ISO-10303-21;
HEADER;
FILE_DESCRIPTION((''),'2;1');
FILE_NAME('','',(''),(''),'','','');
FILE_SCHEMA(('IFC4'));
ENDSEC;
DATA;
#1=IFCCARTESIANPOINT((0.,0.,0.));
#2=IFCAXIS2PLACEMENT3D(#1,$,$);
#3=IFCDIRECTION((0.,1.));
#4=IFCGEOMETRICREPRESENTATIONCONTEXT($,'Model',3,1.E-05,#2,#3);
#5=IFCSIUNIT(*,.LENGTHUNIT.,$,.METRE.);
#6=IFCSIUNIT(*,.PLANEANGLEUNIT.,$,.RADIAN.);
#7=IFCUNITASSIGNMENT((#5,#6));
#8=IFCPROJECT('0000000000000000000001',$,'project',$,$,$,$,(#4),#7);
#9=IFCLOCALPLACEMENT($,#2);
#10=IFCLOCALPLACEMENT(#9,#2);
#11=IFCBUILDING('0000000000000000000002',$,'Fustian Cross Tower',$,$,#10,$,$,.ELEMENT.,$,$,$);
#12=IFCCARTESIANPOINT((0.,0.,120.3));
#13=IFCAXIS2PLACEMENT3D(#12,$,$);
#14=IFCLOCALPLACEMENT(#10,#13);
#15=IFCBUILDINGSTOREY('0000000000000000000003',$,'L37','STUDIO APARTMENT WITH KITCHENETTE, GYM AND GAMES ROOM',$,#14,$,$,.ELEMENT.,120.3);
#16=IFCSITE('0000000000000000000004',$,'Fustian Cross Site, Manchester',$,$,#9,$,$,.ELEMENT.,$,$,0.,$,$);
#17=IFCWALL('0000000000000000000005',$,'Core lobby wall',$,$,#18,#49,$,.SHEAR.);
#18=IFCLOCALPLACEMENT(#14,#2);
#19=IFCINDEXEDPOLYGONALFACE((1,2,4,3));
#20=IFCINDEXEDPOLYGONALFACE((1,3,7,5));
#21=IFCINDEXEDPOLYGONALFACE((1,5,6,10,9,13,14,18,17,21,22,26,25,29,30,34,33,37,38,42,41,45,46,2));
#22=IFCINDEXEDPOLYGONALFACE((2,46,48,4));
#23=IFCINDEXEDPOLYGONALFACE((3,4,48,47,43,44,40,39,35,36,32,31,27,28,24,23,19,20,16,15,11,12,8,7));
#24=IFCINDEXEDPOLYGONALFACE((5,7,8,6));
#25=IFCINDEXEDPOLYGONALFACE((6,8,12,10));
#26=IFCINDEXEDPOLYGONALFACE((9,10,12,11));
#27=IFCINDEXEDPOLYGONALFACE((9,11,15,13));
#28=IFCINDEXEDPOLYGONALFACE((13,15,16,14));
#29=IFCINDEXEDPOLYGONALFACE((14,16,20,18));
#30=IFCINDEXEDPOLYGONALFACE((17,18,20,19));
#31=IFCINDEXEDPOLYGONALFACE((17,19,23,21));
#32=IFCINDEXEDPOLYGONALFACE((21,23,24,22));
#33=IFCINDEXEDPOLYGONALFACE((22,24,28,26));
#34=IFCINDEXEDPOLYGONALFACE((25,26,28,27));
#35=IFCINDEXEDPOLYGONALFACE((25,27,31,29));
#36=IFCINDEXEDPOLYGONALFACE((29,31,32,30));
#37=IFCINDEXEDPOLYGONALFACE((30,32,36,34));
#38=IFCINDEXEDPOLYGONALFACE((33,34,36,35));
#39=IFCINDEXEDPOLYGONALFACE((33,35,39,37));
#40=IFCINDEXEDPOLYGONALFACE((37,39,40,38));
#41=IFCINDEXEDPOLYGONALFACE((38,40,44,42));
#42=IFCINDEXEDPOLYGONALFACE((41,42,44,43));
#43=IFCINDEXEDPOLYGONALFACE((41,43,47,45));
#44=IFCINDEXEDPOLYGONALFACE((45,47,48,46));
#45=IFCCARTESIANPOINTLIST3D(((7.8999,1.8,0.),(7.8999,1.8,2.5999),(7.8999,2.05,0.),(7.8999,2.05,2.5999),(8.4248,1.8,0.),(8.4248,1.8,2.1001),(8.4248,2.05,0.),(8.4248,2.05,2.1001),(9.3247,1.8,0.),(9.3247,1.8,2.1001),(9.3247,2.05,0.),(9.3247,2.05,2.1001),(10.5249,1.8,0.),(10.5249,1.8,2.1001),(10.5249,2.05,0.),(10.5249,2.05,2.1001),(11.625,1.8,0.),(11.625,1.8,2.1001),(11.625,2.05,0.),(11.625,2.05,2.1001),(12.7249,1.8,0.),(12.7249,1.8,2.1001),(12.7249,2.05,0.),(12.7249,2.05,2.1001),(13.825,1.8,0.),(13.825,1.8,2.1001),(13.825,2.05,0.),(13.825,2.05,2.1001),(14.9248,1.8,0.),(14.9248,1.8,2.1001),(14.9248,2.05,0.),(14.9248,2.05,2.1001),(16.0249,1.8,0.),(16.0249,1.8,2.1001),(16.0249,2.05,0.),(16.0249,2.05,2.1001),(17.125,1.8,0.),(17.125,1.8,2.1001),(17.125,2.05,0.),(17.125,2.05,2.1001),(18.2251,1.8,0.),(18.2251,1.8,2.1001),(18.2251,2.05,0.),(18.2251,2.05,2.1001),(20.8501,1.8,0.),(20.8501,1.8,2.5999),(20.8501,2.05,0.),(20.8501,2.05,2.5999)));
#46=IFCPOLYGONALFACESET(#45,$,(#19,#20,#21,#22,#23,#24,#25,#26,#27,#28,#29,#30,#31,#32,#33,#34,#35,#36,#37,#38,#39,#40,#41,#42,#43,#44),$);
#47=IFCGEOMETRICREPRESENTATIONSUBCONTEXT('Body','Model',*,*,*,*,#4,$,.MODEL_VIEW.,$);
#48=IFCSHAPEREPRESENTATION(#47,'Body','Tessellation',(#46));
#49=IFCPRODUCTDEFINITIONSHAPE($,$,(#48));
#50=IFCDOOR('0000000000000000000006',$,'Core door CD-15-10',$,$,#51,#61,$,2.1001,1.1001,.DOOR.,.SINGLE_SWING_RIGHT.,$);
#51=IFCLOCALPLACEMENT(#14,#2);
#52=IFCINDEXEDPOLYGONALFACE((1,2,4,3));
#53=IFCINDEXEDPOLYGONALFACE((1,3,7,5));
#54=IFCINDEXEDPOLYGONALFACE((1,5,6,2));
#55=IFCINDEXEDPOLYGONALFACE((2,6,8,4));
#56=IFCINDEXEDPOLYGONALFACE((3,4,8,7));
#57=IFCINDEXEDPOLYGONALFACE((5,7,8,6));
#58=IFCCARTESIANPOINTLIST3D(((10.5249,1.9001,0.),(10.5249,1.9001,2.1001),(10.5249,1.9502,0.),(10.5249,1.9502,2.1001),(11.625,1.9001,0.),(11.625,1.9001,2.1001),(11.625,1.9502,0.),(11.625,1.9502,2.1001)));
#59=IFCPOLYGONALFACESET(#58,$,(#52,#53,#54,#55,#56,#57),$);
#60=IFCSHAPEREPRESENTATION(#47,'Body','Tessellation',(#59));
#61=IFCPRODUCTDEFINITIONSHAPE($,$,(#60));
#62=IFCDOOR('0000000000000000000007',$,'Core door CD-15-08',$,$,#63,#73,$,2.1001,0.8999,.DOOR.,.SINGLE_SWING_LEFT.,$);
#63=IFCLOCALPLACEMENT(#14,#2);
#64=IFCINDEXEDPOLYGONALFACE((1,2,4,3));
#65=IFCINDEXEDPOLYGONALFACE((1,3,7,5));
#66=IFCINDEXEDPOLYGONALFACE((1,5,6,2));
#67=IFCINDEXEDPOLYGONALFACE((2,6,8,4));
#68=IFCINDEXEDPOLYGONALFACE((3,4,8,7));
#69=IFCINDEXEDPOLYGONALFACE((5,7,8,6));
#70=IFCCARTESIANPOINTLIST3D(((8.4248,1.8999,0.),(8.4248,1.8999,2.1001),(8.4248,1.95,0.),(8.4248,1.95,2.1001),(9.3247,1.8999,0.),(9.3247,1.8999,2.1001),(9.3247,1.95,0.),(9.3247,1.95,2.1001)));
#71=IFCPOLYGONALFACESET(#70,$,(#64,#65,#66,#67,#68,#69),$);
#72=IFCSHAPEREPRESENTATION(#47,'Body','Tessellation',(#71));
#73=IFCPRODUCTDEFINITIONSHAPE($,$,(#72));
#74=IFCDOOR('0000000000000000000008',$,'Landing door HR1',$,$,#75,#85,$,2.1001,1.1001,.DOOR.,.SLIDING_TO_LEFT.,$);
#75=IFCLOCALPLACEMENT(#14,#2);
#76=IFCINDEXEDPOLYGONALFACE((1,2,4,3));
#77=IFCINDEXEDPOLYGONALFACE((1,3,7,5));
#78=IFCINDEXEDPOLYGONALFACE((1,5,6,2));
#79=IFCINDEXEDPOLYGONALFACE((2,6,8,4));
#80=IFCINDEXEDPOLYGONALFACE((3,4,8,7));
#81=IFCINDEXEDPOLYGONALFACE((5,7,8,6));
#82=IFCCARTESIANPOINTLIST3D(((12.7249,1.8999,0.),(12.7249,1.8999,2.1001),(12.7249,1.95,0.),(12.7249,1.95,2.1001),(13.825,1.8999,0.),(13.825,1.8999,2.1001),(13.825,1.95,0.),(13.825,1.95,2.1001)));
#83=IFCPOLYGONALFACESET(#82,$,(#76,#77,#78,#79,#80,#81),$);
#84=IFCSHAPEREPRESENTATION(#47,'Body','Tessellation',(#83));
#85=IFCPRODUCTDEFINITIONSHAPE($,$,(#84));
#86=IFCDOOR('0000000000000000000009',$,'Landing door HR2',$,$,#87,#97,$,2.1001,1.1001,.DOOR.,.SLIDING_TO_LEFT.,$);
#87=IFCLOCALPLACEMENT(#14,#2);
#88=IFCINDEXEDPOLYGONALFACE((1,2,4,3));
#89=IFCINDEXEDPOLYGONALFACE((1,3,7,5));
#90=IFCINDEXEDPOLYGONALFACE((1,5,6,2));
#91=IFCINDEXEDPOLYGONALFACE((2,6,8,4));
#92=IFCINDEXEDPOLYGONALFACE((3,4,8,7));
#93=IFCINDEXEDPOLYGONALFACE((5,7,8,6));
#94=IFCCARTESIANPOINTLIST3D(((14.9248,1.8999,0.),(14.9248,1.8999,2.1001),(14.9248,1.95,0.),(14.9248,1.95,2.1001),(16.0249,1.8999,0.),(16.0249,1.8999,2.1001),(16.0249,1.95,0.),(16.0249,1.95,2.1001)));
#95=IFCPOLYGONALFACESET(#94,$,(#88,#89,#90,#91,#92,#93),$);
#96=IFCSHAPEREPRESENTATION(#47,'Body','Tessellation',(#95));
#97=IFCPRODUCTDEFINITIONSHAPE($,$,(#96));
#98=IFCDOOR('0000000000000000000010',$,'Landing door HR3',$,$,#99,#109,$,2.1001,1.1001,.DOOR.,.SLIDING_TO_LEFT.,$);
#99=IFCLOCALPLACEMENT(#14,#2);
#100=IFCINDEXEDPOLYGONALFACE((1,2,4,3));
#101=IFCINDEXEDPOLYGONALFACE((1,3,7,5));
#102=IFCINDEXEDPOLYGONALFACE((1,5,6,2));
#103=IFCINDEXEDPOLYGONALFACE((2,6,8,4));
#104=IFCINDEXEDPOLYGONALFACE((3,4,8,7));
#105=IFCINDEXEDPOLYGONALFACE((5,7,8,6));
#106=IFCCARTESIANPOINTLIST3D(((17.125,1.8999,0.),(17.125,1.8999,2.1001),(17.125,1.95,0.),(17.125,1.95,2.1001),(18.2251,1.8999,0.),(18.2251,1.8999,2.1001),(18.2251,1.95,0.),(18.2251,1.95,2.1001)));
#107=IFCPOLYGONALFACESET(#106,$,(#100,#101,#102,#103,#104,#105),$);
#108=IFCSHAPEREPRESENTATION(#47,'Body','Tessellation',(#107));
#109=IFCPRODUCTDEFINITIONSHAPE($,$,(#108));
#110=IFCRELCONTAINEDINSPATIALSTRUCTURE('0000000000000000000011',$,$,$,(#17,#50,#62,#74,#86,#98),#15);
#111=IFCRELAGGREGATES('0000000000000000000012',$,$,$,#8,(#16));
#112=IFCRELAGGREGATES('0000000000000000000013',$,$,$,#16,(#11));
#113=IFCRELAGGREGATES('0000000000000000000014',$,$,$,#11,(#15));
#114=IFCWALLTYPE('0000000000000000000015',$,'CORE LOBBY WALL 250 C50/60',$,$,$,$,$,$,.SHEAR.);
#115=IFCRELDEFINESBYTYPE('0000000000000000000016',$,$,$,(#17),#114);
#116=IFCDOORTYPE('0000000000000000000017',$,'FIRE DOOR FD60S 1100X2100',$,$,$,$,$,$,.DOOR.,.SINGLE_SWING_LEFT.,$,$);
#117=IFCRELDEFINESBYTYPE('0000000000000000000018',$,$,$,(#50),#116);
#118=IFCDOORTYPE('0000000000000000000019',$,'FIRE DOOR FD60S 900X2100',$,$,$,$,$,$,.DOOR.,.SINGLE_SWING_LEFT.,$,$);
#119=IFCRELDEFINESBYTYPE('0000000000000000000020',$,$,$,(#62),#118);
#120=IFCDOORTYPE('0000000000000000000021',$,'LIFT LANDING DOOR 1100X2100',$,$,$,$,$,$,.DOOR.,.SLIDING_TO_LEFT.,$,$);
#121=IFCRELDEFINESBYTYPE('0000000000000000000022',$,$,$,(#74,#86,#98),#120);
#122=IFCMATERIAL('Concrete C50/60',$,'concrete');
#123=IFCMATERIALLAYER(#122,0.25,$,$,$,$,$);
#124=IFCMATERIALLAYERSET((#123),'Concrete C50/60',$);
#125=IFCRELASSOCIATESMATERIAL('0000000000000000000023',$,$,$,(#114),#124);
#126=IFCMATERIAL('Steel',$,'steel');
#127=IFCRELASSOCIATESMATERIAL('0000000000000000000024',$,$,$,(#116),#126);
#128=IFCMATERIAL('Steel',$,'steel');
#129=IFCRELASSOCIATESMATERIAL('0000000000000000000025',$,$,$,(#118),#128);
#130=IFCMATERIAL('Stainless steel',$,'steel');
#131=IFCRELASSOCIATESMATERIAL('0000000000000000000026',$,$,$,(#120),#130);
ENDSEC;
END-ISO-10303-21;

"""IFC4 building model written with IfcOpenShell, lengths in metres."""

from ifc_helpers import new_model, si_unit, direction, frame, frame_2d, origin, place, context, subcontext, project, spatial, rectangle, extrude, material, layer, layer_set, type_object, element, fill, save


model = new_model("IFC4")

# Units and contexts
model_context = context("Model", 3, precision=1e-05, world=origin(), true_north=direction((0.0, 1.0)))
body_context = subcontext(model_context, "Body", "Model", "MODEL_VIEW")
ifc_project = project(units=[si_unit("LENGTHUNIT", "METRE"), si_unit("PLANEANGLEUNIT", "RADIAN")], contexts=[model_context])

# Site, building, storey
site_placement = place(None, origin())
site = spatial("IfcSite", under=ifc_project, at=site_placement, Name="Fustian Cross Site, Manchester", CompositionType="ELEMENT", RefElevation=0.0)
building_placement = place(site_placement, origin())
building = spatial("IfcBuilding", under=site, at=building_placement, Name="Fustian Cross Tower", CompositionType="ELEMENT")
storey_placement = place(building_placement, frame((0.0, 0.0, 120.3)))
storey = spatial("IfcBuildingStorey", under=building, at=storey_placement, Name="L37", Description="STUDIO APARTMENT WITH KITCHENETTE, GYM AND GAMES ROOM", CompositionType="ELEMENT", Elevation=120.3)

# Wall, openings, doors
ifc_material_1 = material(Name="Concrete C50/60", Category="concrete")
ifc_layer_1 = layer(ifc_material_1, 0.25)
ifc_layer_set_1 = layer_set([ifc_layer_1], Name="Concrete C50/60")
wall_type = type_object("IfcWallType", Name="CORE LOBBY WALL 250 C50/60", PredefinedType="SHEAR", material=ifc_layer_set_1)
wall_placement = place(storey_placement, frame((7.8999, 1.925, 0.0), z_axis=(0.0, 0.0, 1.0), x_axis=(1.0, 0.0, 0.0)))
wall = element("IfcWall", 1, at=wall_placement, inside=storey, type_object=wall_type, Name="Core lobby wall", PredefinedType="SHEAR", context=body_context, shape_type="SweptSolid", body=[
    extrude(rectangle(XDim=12.9502, YDim=0.25, at=frame_2d((6.4751, 0.0))), origin(), (0.0, 0.0, 1.0), 2.5999),
])
opening_1_placement = place(wall_placement, frame((4.825, 0.0, 0.0)))
opening_1 = element("IfcOpeningElement", 2, at=opening_1_placement, cuts=wall, PredefinedType="OPENING", context=body_context, shape_type="SweptSolid", body=[
    extrude(rectangle(XDim=1.1001, YDim=2.1001, at=frame_2d((0.55, 1.05))), frame((0.0, 0.135, 0.0), z_axis=(0.0, -1.0, 0.0), x_axis=(1.0, 0.0, 0.0)), (0.0, 0.0, 1.0), 0.27),
])
opening_2_placement = place(wall_placement, frame((7.0249, 0.0, 0.0)))
opening_2 = element("IfcOpeningElement", 3, at=opening_2_placement, cuts=wall, PredefinedType="OPENING", context=body_context, shape_type="SweptSolid", body=[
    extrude(rectangle(XDim=1.1001, YDim=2.1001, at=frame_2d((0.55, 1.05))), frame((0.0, 0.135, 0.0), z_axis=(0.0, -1.0, 0.0), x_axis=(1.0, 0.0, 0.0)), (0.0, 0.0, 1.0), 0.27),
])
opening_3_placement = place(wall_placement, frame((9.2251, 0.0, 0.0)))
opening_3 = element("IfcOpeningElement", 4, at=opening_3_placement, cuts=wall, PredefinedType="OPENING", context=body_context, shape_type="SweptSolid", body=[
    extrude(rectangle(XDim=1.1001, YDim=2.1001, at=frame_2d((0.55, 1.05))), frame((0.0, 0.135, 0.0), z_axis=(0.0, -1.0, 0.0), x_axis=(1.0, 0.0, 0.0)), (0.0, 0.0, 1.0), 0.27),
])
opening_4_placement = place(wall_placement, frame((0.5249, 0.0, 0.0)))
opening_4 = element("IfcOpeningElement", 5, at=opening_4_placement, cuts=wall, PredefinedType="OPENING", context=body_context, shape_type="SweptSolid", body=[
    extrude(rectangle(XDim=0.8999, YDim=2.1001, at=frame_2d((0.45, 1.05))), frame((0.0, 0.135, 0.0), z_axis=(0.0, -1.0, 0.0), x_axis=(1.0, 0.0, 0.0)), (0.0, 0.0, 1.0), 0.27),
])
opening_5_placement = place(wall_placement, frame((2.625, 0.0, 0.0)))
opening_5 = element("IfcOpeningElement", 6, at=opening_5_placement, cuts=wall, PredefinedType="OPENING", context=body_context, shape_type="SweptSolid", body=[
    extrude(rectangle(XDim=1.1001, YDim=2.1001, at=frame_2d((0.55, 1.05))), frame((0.0, 0.135, 0.0), z_axis=(0.0, -1.0, 0.0), x_axis=(1.0, 0.0, 0.0)), (0.0, 0.0, 1.0), 0.27),
])
ifc_material_2 = material(Name="Steel", Category="steel")
door_type_1 = type_object("IfcDoorType", Name="FIRE DOOR FD60S 1100X2100", OperationType="SINGLE_SWING_LEFT", PredefinedType="DOOR", material=ifc_material_2)
door_1_placement = place(opening_5_placement, frame((1.1001, 0.0, 0.0), z_axis=(0.0, 0.0, 1.0), x_axis=(-1.0, 0.0, 0.0)))
door_1 = element("IfcDoor", 7, at=door_1_placement, inside=storey, type_object=door_type_1, Name="Core door CD-15-10", OperationType="SINGLE_SWING_RIGHT", OverallHeight=2.1001, OverallWidth=1.1001, PredefinedType="DOOR", context=body_context, shape_type="SweptSolid", body=[
    extrude(rectangle(XDim=1.1001, YDim=2.1001, at=frame_2d((0.55, 1.05))), frame((0.0, 0.0249, 0.0), z_axis=(0.0, -1.0, 0.0), x_axis=(1.0, 0.0, 0.0)), (0.0, 0.0, 1.0), 0.05),
])
fill(opening_5, door_1)
ifc_material_3 = material(Name="Steel", Category="steel")
door_type_2 = type_object("IfcDoorType", Name="FIRE DOOR FD60S 900X2100", OperationType="SINGLE_SWING_LEFT", PredefinedType="DOOR", material=ifc_material_3)
door_2_placement = place(opening_4_placement, origin())
door_2 = element("IfcDoor", 8, at=door_2_placement, inside=storey, type_object=door_type_2, Name="Core door CD-15-08", OperationType="SINGLE_SWING_LEFT", OverallHeight=2.1001, OverallWidth=0.8999, PredefinedType="DOOR", context=body_context, shape_type="SweptSolid", body=[
    extrude(rectangle(XDim=0.8999, YDim=2.1001, at=frame_2d((0.45, 1.05))), frame((0.0, 0.0249, 0.0), z_axis=(0.0, -1.0, 0.0), x_axis=(1.0, 0.0, 0.0)), (0.0, 0.0, 1.0), 0.05),
])
fill(opening_4, door_2)
ifc_material_4 = material(Name="Stainless steel", Category="steel")
door_type_3 = type_object("IfcDoorType", Name="LIFT LANDING DOOR 1100X2100", OperationType="SLIDING_TO_LEFT", PredefinedType="DOOR", material=ifc_material_4)
door_3_placement = place(opening_1_placement, origin())
door_3 = element("IfcDoor", 9, at=door_3_placement, inside=storey, type_object=door_type_3, Name="Landing door HR1", OperationType="SLIDING_TO_LEFT", OverallHeight=2.1001, OverallWidth=1.1001, PredefinedType="DOOR", context=body_context, shape_type="SweptSolid", body=[
    extrude(rectangle(XDim=1.1001, YDim=2.1001, at=frame_2d((0.55, 1.05))), frame((0.0, 0.0249, 0.0), z_axis=(0.0, -1.0, 0.0), x_axis=(1.0, 0.0, 0.0)), (0.0, 0.0, 1.0), 0.05),
])
fill(opening_1, door_3)
door_4_placement = place(opening_2_placement, origin())
door_4 = element("IfcDoor", 10, at=door_4_placement, inside=storey, type_object=door_type_3, Name="Landing door HR2", OperationType="SLIDING_TO_LEFT", OverallHeight=2.1001, OverallWidth=1.1001, PredefinedType="DOOR", context=body_context, shape_type="SweptSolid", body=[
    extrude(rectangle(XDim=1.1001, YDim=2.1001, at=frame_2d((0.55, 1.05))), frame((0.0, 0.0249, 0.0), z_axis=(0.0, -1.0, 0.0), x_axis=(1.0, 0.0, 0.0)), (0.0, 0.0, 1.0), 0.05),
])
fill(opening_2, door_4)
door_5_placement = place(opening_3_placement, origin())
door_5 = element("IfcDoor", 11, at=door_5_placement, inside=storey, type_object=door_type_3, Name="Landing door HR3", OperationType="SLIDING_TO_LEFT", OverallHeight=2.1001, OverallWidth=1.1001, PredefinedType="DOOR", context=body_context, shape_type="SweptSolid", body=[
    extrude(rectangle(XDim=1.1001, YDim=2.1001, at=frame_2d((0.55, 1.05))), frame((0.0, 0.0249, 0.0), z_axis=(0.0, -1.0, 0.0), x_axis=(1.0, 0.0, 0.0)), (0.0, 0.0, 1.0), 0.05),
])
fill(opening_3, door_5)

save(model, "model.ifc")
